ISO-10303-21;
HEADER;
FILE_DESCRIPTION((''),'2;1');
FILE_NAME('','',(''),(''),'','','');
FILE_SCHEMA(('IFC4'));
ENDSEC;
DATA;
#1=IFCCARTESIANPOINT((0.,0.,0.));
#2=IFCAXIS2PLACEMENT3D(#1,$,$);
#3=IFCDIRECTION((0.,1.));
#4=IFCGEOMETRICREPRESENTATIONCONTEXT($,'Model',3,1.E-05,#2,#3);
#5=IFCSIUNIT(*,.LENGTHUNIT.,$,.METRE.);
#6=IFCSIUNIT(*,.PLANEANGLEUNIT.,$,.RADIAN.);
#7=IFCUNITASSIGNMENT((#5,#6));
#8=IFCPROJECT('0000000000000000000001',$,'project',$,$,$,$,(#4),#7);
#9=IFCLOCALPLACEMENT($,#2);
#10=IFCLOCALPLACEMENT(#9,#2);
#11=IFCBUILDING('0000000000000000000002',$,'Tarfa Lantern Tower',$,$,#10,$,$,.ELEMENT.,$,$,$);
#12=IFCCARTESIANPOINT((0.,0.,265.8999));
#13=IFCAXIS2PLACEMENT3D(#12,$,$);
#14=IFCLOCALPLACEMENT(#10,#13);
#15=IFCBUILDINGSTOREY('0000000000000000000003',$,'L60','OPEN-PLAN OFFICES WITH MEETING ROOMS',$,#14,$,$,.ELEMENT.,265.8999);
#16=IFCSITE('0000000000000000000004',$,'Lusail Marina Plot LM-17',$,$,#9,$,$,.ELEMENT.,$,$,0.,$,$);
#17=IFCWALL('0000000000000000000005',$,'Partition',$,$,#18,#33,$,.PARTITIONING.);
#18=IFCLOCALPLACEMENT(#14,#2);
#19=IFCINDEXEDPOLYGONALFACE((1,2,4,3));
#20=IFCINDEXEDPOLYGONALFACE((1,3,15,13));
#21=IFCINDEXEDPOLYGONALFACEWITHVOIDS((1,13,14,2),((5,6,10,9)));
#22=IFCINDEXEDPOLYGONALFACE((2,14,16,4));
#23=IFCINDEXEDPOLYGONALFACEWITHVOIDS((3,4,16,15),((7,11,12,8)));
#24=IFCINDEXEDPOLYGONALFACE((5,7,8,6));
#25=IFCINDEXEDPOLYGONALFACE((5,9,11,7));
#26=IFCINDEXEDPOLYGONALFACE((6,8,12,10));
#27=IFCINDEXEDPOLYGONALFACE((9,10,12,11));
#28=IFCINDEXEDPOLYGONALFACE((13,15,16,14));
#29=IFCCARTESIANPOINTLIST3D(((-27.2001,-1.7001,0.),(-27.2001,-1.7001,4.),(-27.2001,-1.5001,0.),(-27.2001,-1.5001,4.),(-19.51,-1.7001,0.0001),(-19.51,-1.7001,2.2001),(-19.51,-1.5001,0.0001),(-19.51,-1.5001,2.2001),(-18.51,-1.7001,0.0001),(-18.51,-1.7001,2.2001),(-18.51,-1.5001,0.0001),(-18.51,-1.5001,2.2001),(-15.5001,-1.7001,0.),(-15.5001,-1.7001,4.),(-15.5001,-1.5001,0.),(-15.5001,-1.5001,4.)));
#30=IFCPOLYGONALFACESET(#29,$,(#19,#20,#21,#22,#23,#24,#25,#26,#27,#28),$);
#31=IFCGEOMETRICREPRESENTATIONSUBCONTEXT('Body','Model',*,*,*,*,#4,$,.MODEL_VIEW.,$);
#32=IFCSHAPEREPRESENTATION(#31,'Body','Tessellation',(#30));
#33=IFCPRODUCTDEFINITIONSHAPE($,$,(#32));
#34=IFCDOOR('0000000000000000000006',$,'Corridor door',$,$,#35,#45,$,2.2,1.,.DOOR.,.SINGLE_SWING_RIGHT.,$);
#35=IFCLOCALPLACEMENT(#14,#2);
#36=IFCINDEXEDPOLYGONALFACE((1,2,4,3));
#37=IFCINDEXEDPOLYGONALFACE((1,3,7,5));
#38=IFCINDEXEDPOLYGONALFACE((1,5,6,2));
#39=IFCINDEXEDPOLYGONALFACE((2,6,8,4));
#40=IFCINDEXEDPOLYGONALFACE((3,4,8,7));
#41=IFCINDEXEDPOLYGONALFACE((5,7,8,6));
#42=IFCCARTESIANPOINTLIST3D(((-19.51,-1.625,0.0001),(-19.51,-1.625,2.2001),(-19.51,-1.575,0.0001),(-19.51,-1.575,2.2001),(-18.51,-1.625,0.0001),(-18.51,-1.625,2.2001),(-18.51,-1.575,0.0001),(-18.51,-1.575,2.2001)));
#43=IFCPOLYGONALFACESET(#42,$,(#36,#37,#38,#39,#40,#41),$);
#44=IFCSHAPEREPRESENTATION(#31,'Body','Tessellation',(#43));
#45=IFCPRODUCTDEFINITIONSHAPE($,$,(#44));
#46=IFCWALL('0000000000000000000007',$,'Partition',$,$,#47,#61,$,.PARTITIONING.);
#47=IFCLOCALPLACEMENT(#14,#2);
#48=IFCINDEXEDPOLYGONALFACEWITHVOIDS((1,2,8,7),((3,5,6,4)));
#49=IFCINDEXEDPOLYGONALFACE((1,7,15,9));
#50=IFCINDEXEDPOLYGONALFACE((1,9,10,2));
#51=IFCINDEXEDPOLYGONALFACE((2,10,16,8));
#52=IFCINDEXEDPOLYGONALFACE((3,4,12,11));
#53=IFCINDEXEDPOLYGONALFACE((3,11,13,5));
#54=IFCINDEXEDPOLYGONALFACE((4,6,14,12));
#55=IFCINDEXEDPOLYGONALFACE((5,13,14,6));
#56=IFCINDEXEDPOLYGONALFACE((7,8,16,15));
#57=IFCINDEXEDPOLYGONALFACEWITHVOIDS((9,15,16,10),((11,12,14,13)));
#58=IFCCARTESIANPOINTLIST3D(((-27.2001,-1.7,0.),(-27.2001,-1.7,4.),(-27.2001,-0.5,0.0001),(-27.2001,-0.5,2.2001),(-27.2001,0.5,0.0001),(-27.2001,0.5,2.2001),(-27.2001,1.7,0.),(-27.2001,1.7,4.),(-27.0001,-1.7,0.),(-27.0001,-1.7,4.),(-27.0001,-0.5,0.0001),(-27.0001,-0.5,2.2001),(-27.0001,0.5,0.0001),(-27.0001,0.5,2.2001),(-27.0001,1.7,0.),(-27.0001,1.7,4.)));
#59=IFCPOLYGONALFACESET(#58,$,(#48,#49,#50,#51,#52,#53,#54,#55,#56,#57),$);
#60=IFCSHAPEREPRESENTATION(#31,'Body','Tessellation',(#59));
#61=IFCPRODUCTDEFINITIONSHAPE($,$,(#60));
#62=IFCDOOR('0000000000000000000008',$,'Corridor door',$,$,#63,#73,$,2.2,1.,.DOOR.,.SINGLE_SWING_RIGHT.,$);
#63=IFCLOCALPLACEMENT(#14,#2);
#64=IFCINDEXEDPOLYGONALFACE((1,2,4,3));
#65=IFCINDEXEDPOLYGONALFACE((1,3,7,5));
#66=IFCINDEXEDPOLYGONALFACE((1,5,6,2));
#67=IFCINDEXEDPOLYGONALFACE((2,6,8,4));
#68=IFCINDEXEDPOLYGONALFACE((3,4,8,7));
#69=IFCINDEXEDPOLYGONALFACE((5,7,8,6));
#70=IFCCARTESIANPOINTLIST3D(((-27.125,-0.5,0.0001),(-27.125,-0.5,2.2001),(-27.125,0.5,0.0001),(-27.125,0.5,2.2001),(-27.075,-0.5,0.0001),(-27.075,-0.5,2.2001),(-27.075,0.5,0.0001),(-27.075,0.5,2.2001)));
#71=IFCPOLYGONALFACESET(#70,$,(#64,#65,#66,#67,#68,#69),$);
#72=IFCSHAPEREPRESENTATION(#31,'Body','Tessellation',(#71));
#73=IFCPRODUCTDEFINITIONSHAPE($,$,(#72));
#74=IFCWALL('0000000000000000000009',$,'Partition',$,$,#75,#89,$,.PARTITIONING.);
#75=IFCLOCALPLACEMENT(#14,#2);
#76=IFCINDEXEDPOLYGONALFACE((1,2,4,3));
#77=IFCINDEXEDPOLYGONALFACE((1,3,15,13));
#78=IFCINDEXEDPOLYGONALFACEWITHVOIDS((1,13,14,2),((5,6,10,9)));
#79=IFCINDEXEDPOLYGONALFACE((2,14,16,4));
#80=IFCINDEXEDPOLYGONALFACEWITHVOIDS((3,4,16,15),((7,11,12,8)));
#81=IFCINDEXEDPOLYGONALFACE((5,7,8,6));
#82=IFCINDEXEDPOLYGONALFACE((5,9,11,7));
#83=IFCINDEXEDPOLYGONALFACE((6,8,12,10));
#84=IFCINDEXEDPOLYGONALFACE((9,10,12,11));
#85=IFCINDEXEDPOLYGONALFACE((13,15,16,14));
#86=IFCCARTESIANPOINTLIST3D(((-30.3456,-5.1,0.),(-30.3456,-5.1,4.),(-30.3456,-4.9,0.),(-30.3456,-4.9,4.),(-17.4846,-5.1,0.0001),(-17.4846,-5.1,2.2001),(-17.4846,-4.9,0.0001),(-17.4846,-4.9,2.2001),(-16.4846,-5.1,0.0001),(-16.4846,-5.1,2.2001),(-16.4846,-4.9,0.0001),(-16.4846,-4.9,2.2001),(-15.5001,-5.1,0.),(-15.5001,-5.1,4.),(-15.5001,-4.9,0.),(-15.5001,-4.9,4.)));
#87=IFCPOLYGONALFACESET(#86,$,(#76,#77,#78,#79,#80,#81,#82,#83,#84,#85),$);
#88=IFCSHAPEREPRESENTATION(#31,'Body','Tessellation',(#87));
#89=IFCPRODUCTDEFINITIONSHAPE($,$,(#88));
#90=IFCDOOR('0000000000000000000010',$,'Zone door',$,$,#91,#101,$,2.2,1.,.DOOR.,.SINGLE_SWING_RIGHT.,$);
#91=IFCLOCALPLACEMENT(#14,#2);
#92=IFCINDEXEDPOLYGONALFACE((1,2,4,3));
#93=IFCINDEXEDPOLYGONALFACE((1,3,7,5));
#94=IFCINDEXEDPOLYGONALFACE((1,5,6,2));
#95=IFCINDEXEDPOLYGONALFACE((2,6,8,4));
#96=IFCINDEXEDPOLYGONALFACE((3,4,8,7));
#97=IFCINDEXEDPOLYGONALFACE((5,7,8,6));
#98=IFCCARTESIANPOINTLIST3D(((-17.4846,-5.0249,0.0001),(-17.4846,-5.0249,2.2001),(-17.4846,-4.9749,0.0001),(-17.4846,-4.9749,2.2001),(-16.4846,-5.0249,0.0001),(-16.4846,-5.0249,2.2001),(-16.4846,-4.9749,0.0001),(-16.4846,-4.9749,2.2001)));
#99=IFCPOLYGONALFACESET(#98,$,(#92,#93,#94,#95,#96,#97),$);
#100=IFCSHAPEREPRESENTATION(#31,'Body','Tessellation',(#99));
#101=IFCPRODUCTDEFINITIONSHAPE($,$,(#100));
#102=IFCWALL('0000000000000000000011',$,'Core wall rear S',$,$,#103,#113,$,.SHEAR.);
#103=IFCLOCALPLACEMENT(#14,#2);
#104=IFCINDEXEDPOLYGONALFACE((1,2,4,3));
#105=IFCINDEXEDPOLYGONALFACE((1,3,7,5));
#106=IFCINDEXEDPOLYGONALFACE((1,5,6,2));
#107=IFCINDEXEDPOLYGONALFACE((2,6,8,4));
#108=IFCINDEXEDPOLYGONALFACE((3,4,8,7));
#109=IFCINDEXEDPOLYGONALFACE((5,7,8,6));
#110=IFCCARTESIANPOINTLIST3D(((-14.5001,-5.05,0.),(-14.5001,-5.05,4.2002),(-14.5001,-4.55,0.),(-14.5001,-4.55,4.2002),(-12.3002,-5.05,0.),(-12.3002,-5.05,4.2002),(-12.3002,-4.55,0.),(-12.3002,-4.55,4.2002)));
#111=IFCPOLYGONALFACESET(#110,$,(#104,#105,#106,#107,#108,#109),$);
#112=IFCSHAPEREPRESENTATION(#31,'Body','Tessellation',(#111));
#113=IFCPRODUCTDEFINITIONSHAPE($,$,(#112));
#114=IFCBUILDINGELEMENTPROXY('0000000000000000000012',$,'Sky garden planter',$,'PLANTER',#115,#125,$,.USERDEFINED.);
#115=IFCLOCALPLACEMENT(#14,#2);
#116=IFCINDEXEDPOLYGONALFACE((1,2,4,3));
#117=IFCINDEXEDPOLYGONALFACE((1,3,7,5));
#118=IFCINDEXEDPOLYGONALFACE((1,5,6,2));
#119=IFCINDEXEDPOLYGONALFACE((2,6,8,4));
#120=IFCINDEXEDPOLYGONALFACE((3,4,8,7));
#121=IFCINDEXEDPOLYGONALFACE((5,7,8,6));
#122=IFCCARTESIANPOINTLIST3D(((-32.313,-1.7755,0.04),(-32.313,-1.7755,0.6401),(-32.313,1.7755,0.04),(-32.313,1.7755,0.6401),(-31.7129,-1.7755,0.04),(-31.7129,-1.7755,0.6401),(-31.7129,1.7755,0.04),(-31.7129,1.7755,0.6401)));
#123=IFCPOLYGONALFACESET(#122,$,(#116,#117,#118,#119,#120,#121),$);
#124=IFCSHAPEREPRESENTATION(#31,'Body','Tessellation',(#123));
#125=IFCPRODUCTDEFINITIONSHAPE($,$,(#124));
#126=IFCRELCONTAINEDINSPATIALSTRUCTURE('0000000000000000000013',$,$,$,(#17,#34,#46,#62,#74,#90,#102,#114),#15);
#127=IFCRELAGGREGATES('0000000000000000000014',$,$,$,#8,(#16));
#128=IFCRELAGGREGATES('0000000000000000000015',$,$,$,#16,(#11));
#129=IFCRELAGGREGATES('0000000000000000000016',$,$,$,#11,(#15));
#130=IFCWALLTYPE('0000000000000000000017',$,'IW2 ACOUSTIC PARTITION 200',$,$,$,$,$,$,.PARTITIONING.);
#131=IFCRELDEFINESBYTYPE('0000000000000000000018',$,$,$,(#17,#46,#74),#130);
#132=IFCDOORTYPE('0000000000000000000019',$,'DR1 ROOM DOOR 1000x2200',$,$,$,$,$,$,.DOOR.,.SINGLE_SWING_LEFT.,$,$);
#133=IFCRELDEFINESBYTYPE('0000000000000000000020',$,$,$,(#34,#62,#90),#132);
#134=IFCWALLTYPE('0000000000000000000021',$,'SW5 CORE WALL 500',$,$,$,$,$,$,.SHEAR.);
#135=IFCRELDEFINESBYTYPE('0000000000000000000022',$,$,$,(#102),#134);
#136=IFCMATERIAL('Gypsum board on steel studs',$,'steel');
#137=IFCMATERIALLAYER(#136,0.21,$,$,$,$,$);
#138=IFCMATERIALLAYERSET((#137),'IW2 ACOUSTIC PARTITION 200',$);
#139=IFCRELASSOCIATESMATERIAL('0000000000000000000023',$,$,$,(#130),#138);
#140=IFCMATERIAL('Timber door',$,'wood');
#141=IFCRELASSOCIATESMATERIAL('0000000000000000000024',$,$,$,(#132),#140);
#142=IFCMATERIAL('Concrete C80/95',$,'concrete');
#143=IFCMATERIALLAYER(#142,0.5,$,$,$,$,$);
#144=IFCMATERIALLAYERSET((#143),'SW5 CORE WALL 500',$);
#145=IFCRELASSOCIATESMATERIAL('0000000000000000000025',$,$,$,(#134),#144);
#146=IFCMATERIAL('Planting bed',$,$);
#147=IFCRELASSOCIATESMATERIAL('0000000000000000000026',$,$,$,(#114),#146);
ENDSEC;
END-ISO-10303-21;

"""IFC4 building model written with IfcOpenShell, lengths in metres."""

from ifc_helpers import new_model, si_unit, direction, frame, frame_2d, origin, origin_2d, place, context, subcontext, project, spatial, rectangle, extrude, material, layer, layer_set, type_object, element, fill, save


model = new_model("IFC4")

# Units and contexts
model_context = context("Model", 3, precision=1e-05, world=origin(), true_north=direction((0.0, 1.0)))
body_context = subcontext(model_context, "Body", "Model", "MODEL_VIEW")
ifc_project = project(units=[si_unit("LENGTHUNIT", "METRE"), si_unit("PLANEANGLEUNIT", "RADIAN")], contexts=[model_context])

# Site, building, storey
site_placement = place(None, origin())
site = spatial("IfcSite", under=ifc_project, at=site_placement, Name="Lusail Marina Plot LM-17", CompositionType="ELEMENT", RefElevation=0.0)
building_placement = place(site_placement, origin())
building = spatial("IfcBuilding", under=site, at=building_placement, Name="Tarfa Lantern Tower", CompositionType="ELEMENT")
storey_placement = place(building_placement, frame((0.0, 0.0, 265.8999)))
storey = spatial("IfcBuildingStorey", under=building, at=storey_placement, Name="L60", Description="OPEN-PLAN OFFICES WITH MEETING ROOMS", CompositionType="ELEMENT", Elevation=265.8999)

# Shared definitions
ifc_material_1 = material(Name="Concrete C80/95", Category="concrete")

# Walls, openings, doors
ifc_material_2 = material(Name="Gypsum board on steel studs", Category="steel")
ifc_layer_1 = layer(ifc_material_2, 0.21)
ifc_layer_set_1 = layer_set([ifc_layer_1], Name="IW2 ACOUSTIC PARTITION 200")
wall_type_1 = type_object("IfcWallType", Name="IW2 ACOUSTIC PARTITION 200", PredefinedType="PARTITIONING", material=ifc_layer_set_1)
ifc_material_3 = material(Name="Timber door", Category="wood")
door_type_1 = type_object("IfcDoorType", Name="DR1 ROOM DOOR 1000x2200", OperationType="SINGLE_SWING_LEFT", PredefinedType="DOOR", material=ifc_material_3)
wall_1_placement = place(storey_placement, frame((-15.5, -1.6001, 0.0), z_axis=(0.0, 0.0, 1.0), x_axis=(-1.0, 0.0, 0.0)))
wall_1 = element("IfcWall", 1, at=wall_1_placement, inside=storey, type_object=wall_type_1, Name="Partition", PredefinedType="PARTITIONING", context=body_context, shape_type="SweptSolid", body=[
    extrude(rectangle(XDim=11.7, YDim=0.2, at=frame_2d((5.8501, 0.0))), origin(), (0.0, 0.0, 1.0), 4.0),
])
opening_1_placement = place(wall_1_placement, frame((3.01, 0.0, 0.0)))
opening_1 = element("IfcOpeningElement", 2, at=opening_1_placement, cuts=wall_1, PredefinedType="OPENING", context=body_context, shape_type="SweptSolid", body=[
    extrude(rectangle(XDim=1.0, YDim=2.2, at=frame_2d((0.5, 1.1001))), frame((0.0, 0.1099, 0.0), z_axis=(0.0, -1.0, 0.0), x_axis=(1.0, 0.0, 0.0)), (0.0, 0.0, 1.0), 0.22),
])
door_1_placement = place(opening_1_placement, origin())
door_1 = element("IfcDoor", 3, at=door_1_placement, inside=storey, type_object=door_type_1, Name="Corridor door", OperationType="SINGLE_SWING_RIGHT", OverallHeight=2.2, OverallWidth=1.0, PredefinedType="DOOR", context=body_context, shape_type="SweptSolid", body=[
    extrude(rectangle(XDim=1.0, YDim=2.2, at=frame_2d((0.5, 1.1001))), frame((0.0, 0.0249, 0.0), z_axis=(0.0, -1.0, 0.0), x_axis=(1.0, 0.0, 0.0)), (0.0, 0.0, 1.0), 0.05),
])
fill(opening_1, door_1)
wall_2_placement = place(storey_placement, frame((-27.1001, -1.7, 0.0), z_axis=(0.0, 0.0, 1.0), x_axis=(0.0, 1.0, 0.0)))
wall_2 = element("IfcWall", 4, at=wall_2_placement, inside=storey, type_object=wall_type_1, Name="Partition", PredefinedType="PARTITIONING", context=body_context, shape_type="SweptSolid", body=[
    extrude(rectangle(XDim=3.3999, YDim=0.2, at=frame_2d((1.7, 0.0))), origin(), (0.0, 0.0, 1.0), 4.0),
])
opening_2_placement = place(wall_2_placement, frame((1.2, 0.0, 0.0)))
opening_2 = element("IfcOpeningElement", 5, at=opening_2_placement, cuts=wall_2, PredefinedType="OPENING", context=body_context, shape_type="SweptSolid", body=[
    extrude(rectangle(XDim=1.0, YDim=2.2, at=frame_2d((0.5, 1.1001))), frame((0.0, 0.1099, 0.0), z_axis=(0.0, -1.0, 0.0), x_axis=(1.0, 0.0, 0.0)), (0.0, 0.0, 1.0), 0.22),
])
door_2_placement = place(opening_2_placement, origin())
door_2 = element("IfcDoor", 6, at=door_2_placement, inside=storey, type_object=door_type_1, Name="Corridor door", OperationType="SINGLE_SWING_RIGHT", OverallHeight=2.2, OverallWidth=1.0, PredefinedType="DOOR", context=body_context, shape_type="SweptSolid", body=[
    extrude(rectangle(XDim=1.0, YDim=2.2, at=frame_2d((0.5, 1.1001))), frame((0.0, 0.0249, 0.0), z_axis=(0.0, -1.0, 0.0), x_axis=(1.0, 0.0, 0.0)), (0.0, 0.0, 1.0), 0.05),
])
fill(opening_2, door_2)
wall_3_placement = place(storey_placement, frame((-15.5, -5.0, 0.0), z_axis=(0.0, 0.0, 1.0), x_axis=(-1.0, 0.0, 0.0)))
wall_3 = element("IfcWall", 7, at=wall_3_placement, inside=storey, type_object=wall_type_1, Name="Partition", PredefinedType="PARTITIONING", context=body_context, shape_type="SweptSolid", body=[
    extrude(rectangle(XDim=14.8455, YDim=0.2, at=frame_2d((7.4229, 0.0))), origin(), (0.0, 0.0, 1.0), 4.0),
])
opening_3_placement = place(wall_3_placement, frame((0.9846, 0.0, 0.0)))
opening_3 = element("IfcOpeningElement", 8, at=opening_3_placement, cuts=wall_3, PredefinedType="OPENING", context=body_context, shape_type="SweptSolid", body=[
    extrude(rectangle(XDim=1.0, YDim=2.2, at=frame_2d((0.5, 1.1001))), frame((0.0, 0.1099, 0.0), z_axis=(0.0, -1.0, 0.0), x_axis=(1.0, 0.0, 0.0)), (0.0, 0.0, 1.0), 0.22),
])
door_3_placement = place(opening_3_placement, origin())
door_3 = element("IfcDoor", 9, at=door_3_placement, inside=storey, type_object=door_type_1, Name="Zone door", OperationType="SINGLE_SWING_RIGHT", OverallHeight=2.2, OverallWidth=1.0, PredefinedType="DOOR", context=body_context, shape_type="SweptSolid", body=[
    extrude(rectangle(XDim=1.0, YDim=2.2, at=frame_2d((0.5, 1.1001))), frame((0.0, 0.0249, 0.0), z_axis=(0.0, -1.0, 0.0), x_axis=(1.0, 0.0, 0.0)), (0.0, 0.0, 1.0), 0.05),
])
fill(opening_3, door_3)

# Wall
ifc_layer_2 = layer(ifc_material_1, 0.5)
ifc_layer_set_2 = layer_set([ifc_layer_2], Name="SW5 CORE WALL 500")
wall_type_2 = type_object("IfcWallType", Name="SW5 CORE WALL 500", PredefinedType="SHEAR", material=ifc_layer_set_2)
wall_4_placement = place(storey_placement, frame((-12.3, -4.8, 0.0), z_axis=(0.0, 0.0, 1.0), x_axis=(-1.0, 0.0, 0.0)))
element("IfcWall", 10, at=wall_4_placement, inside=storey, type_object=wall_type_2, Name="Core wall rear S", PredefinedType="SHEAR", context=body_context, shape_type="SweptSolid", body=[
    extrude(rectangle(XDim=2.2, YDim=0.5, at=frame_2d((1.1001, 0.0))), origin(), (0.0, 0.0, 1.0), 4.2002),
])

# Building element proxy
ifc_material_4 = material(Name="Planting bed")
proxy_placement = place(storey_placement, frame((-32.0129, 0.0, 0.04), z_axis=(0.0, 0.0, 1.0), x_axis=(0.0, -1.0, 0.0)))
element("IfcBuildingElementProxy", 11, at=proxy_placement, inside=storey, material=ifc_material_4, Name="Sky garden planter", ObjectType="PLANTER", PredefinedType="USERDEFINED", context=body_context, shape_type="SweptSolid", body=[
    extrude(rectangle(XDim=3.551, YDim=0.6001, at=origin_2d()), origin(), (0.0, 0.0, 1.0), 0.6001),
])

save(model, "model.ifc")
